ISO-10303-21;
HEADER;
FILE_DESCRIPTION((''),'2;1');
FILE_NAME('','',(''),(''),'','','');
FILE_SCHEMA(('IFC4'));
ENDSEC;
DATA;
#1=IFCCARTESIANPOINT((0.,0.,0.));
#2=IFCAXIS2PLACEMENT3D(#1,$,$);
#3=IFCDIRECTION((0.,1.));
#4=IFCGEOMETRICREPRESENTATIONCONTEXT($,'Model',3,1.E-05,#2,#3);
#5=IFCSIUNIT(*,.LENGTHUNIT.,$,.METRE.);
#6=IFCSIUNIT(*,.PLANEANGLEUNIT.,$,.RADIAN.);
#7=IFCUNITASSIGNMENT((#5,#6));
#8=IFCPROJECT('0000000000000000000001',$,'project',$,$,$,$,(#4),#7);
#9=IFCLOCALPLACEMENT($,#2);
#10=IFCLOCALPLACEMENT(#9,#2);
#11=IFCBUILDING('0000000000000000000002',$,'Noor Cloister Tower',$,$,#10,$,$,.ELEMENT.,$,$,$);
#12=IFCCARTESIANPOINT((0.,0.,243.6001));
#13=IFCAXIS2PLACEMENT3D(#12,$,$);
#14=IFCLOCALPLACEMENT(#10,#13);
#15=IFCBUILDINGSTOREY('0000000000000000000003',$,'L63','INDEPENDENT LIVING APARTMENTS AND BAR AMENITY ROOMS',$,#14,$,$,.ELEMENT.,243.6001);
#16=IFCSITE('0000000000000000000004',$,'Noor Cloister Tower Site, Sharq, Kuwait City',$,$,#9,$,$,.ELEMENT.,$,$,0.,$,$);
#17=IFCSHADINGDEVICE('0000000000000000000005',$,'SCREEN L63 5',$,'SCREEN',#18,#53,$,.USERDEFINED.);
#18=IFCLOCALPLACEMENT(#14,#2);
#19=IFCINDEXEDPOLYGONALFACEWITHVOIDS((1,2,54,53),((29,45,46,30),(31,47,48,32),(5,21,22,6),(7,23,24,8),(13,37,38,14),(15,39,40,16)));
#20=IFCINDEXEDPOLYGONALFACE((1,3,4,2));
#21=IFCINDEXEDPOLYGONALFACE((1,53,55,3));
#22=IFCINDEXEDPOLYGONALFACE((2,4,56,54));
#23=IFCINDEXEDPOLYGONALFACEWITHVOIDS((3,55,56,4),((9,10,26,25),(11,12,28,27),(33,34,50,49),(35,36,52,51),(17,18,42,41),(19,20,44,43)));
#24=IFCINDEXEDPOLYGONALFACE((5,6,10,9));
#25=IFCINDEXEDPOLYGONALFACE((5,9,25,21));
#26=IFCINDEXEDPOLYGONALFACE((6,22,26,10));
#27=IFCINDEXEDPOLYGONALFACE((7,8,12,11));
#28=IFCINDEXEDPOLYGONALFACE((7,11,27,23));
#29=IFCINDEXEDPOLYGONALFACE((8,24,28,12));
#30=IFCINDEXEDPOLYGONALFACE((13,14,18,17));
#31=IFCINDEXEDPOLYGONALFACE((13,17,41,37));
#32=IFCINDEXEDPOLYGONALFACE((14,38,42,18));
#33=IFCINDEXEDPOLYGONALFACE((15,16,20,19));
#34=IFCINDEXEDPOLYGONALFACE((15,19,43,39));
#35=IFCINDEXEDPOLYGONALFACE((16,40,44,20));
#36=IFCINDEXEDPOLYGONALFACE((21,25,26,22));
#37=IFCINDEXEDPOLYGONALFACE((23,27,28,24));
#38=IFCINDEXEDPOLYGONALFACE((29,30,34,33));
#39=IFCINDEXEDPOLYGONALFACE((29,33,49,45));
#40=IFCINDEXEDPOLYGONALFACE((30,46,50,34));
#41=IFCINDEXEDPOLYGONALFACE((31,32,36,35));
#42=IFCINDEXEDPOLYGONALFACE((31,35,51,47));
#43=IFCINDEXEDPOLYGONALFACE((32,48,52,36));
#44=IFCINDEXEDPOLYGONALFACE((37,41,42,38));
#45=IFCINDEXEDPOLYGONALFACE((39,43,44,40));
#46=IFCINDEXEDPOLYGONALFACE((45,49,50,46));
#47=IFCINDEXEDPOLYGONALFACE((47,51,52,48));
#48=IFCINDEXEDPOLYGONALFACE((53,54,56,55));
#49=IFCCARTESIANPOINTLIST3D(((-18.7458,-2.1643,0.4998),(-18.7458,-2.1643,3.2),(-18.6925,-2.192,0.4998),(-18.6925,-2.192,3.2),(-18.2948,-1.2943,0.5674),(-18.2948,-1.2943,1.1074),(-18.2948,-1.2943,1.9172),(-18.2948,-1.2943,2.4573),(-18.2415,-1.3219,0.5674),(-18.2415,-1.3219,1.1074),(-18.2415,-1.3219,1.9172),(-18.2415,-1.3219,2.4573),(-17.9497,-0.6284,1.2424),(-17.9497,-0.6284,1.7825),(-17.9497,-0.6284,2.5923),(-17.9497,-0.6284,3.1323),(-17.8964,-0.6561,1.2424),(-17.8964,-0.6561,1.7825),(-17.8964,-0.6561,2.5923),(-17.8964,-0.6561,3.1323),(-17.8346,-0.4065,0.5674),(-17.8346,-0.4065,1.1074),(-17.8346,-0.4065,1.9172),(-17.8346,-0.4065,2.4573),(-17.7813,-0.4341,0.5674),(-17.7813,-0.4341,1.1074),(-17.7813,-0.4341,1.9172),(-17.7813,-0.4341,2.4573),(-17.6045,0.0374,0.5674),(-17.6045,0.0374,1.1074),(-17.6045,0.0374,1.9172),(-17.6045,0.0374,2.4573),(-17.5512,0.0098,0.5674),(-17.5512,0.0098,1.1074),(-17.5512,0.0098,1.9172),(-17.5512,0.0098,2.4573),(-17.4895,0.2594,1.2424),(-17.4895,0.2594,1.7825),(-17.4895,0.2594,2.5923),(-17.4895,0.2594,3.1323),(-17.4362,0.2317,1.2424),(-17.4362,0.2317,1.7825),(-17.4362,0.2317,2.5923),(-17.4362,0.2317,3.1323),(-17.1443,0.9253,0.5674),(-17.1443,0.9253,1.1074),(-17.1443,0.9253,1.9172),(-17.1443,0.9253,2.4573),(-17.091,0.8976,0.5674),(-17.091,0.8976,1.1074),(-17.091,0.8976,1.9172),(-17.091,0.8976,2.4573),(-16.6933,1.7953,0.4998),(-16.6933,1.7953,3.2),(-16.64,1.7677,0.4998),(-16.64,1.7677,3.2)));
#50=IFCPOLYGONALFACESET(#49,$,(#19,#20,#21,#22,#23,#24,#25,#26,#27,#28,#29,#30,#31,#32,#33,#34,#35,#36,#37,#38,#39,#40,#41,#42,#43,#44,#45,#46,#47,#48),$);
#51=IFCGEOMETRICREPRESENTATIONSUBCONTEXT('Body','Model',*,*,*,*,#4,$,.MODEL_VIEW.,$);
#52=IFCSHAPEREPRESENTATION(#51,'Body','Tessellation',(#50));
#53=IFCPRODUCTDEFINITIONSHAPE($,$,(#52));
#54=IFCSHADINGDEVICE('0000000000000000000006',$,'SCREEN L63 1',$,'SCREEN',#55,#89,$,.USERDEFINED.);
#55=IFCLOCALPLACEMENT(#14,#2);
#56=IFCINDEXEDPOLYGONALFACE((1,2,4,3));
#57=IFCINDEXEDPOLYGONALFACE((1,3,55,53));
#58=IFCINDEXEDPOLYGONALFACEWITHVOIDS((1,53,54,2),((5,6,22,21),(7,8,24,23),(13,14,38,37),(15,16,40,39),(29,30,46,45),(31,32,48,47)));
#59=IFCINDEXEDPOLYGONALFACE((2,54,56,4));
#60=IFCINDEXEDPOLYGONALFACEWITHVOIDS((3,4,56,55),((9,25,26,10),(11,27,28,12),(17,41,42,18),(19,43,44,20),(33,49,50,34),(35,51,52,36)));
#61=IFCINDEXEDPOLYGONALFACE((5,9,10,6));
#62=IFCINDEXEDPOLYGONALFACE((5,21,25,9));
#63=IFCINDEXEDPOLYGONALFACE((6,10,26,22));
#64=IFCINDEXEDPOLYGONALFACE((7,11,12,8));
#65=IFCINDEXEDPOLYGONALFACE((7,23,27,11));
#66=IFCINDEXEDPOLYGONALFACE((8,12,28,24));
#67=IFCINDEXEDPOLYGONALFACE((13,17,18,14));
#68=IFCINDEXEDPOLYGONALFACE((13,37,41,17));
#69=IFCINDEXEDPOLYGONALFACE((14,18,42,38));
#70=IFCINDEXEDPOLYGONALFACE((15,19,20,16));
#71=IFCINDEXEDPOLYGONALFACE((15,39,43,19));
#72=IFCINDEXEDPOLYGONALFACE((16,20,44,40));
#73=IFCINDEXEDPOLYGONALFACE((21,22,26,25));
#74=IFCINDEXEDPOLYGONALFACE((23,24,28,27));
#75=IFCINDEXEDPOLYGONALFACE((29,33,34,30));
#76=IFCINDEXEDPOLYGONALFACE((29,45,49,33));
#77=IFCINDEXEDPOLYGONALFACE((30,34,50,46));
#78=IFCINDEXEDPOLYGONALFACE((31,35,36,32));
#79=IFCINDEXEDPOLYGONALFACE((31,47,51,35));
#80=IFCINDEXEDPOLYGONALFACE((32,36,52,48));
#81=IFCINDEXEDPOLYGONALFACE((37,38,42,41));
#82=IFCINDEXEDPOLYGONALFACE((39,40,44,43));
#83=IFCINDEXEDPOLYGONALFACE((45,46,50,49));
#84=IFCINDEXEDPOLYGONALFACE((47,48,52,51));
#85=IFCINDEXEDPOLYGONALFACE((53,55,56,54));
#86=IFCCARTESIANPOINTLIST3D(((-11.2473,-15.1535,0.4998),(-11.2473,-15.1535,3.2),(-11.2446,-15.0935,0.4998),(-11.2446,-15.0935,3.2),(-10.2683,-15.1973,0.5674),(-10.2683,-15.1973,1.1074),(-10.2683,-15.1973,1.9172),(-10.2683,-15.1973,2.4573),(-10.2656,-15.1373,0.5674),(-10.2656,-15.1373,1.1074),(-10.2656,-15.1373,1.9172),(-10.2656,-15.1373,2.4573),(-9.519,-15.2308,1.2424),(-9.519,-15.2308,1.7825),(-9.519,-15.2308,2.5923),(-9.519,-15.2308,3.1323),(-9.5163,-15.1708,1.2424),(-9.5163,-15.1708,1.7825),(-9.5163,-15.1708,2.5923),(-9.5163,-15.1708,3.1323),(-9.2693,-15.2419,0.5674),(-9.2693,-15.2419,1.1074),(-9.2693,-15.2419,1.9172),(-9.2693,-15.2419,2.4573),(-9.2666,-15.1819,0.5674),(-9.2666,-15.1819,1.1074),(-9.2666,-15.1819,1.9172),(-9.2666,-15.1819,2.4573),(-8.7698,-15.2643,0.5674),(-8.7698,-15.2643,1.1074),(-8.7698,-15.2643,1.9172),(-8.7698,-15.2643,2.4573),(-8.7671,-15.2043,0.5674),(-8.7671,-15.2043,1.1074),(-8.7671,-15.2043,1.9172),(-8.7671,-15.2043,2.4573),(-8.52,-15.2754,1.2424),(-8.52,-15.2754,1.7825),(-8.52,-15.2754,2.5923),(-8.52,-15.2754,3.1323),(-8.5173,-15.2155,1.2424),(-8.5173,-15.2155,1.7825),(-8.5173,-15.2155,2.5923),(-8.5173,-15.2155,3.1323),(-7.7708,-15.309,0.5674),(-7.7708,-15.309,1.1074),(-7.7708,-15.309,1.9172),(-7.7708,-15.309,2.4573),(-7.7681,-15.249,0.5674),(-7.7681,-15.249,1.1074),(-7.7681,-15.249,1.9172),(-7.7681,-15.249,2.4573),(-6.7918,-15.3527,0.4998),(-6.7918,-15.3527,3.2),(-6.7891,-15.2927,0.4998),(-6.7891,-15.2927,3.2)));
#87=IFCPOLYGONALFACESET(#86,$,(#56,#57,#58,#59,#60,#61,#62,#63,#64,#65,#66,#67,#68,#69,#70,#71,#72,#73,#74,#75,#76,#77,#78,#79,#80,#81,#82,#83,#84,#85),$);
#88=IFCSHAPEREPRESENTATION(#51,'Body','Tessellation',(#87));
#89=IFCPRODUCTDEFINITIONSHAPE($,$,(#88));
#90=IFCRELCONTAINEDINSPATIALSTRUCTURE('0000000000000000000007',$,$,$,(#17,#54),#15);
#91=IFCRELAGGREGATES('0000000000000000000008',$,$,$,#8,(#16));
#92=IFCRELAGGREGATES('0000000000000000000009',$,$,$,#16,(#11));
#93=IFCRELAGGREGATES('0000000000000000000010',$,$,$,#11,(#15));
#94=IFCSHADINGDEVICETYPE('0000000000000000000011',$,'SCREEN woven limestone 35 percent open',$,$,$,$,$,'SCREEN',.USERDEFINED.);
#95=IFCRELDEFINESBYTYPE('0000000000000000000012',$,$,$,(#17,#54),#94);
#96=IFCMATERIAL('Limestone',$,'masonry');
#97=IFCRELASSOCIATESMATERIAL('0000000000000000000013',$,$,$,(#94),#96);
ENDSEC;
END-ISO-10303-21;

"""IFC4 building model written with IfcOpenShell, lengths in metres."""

from ifc_helpers import new_model, si_unit, direction, frame, origin, place, context, subcontext, project, spatial, polyline, outline, extrude, material, material_profile, profile_set, type_object, element, save


model = new_model("IFC4")

# Units and contexts
model_context = context("Model", 3, precision=1e-05, world=origin(), true_north=direction((0.0, 1.0)))
body_context = subcontext(model_context, "Body", "Model", "MODEL_VIEW")
ifc_project = project(units=[si_unit("LENGTHUNIT", "METRE"), si_unit("PLANEANGLEUNIT", "RADIAN")], contexts=[model_context])

# Site, building, storey
site_placement = place(None, origin())
site = spatial("IfcSite", under=ifc_project, at=site_placement, Name="Noor Cloister Tower Site, Sharq, Kuwait City", CompositionType="ELEMENT", RefElevation=0.0)
building_placement = place(site_placement, origin())
building = spatial("IfcBuilding", under=site, at=building_placement, Name="Noor Cloister Tower", CompositionType="ELEMENT")
storey_placement = place(building_placement, frame((0.0, 0.0, 243.6001)))
storey = spatial("IfcBuildingStorey", under=building, at=storey_placement, Name="L63", Description="INDEPENDENT LIVING APARTMENTS AND BAR AMENITY ROOMS", CompositionType="ELEMENT", Elevation=243.6001)

# Shading devices
ifc_material_1 = material(Name="Limestone", Category="masonry")
ifc_material_profile_1 = material_profile(ifc_material_1, outline(polyline([(-2.23, -1.3501), (2.23, -1.3501), (2.23, 1.3501), (-2.23, 1.3501), (-2.23, -1.3501)]), holes=[polyline([(-1.25, -1.2825), (-0.25, -1.2825), (-0.25, -0.7424), (-1.25, -0.7424), (-1.25, -1.2825)]), polyline([(0.25, -1.2825), (1.25, -1.2825), (1.25, -0.7424), (0.25, -0.7424), (0.25, -1.2825)]), polyline([(-0.5, -0.6074), (0.5, -0.6074), (0.5, -0.0674), (-0.5, -0.0674), (-0.5, -0.6074)]), polyline([(-1.25, 0.0674), (-0.25, 0.0674), (-0.25, 0.6074), (-1.25, 0.6074), (-1.25, 0.0674)]), polyline([(0.25, 0.0674), (1.25, 0.0674), (1.25, 0.6074), (0.25, 0.6074), (0.25, 0.0674)]), polyline([(-0.5, 0.7424), (0.5, 0.7424), (0.5, 1.2825), (-0.5, 1.2825), (-0.5, 0.7424)])]), Name="Woven screen 35 percent open")
ifc_profile_set_1 = profile_set([ifc_material_profile_1], Name="Limestone")
shading_device_type = type_object("IfcShadingDeviceType", Name="SCREEN woven limestone 35 percent open", ElementType="SCREEN", PredefinedType="USERDEFINED", material=ifc_profile_set_1)
for number, where, z_axis, x_axis, name in (
    (1, (-17.6663, -0.2122, 1.8499), (-0.887816, 0.460198, 0.0), (-0.460198, -0.887816, 0.0), "SCREEN L63 5"),
    (2, (-9.0168, -15.1931, 1.8499), (-0.044671, -0.999002, 0.0), (0.999002, -0.044671, 0.0), "SCREEN L63 1"),
):
    element("IfcShadingDevice", number, at=place(storey_placement, frame(where, z_axis=z_axis, x_axis=x_axis)), inside=storey, type_object=shading_device_type, Name=name, ObjectType="SCREEN", PredefinedType="USERDEFINED", context=body_context, shape_type="SweptSolid", body=[
        extrude(outline(polyline([(-2.23, -1.3501), (2.23, -1.3501), (2.23, 1.3501), (-2.23, 1.3501), (-2.23, -1.3501)]), holes=[polyline([(-1.25, -1.2825), (-0.25, -1.2825), (-0.25, -0.7424), (-1.25, -0.7424), (-1.25, -1.2825)]), polyline([(0.25, -1.2825), (1.25, -1.2825), (1.25, -0.7424), (0.25, -0.7424), (0.25, -1.2825)]), polyline([(-0.5, -0.6074), (0.5, -0.6074), (0.5, -0.0674), (-0.5, -0.0674), (-0.5, -0.6074)]), polyline([(-1.25, 0.0674), (-0.25, 0.0674), (-0.25, 0.6074), (-1.25, 0.6074), (-1.25, 0.0674)]), polyline([(0.25, 0.0674), (1.25, 0.0674), (1.25, 0.6074), (0.25, 0.6074), (0.25, 0.0674)]), polyline([(-0.5, 0.7424), (0.5, 0.7424), (0.5, 1.2825), (-0.5, 1.2825), (-0.5, 0.7424)])]), origin(), (0.0, 0.0, 1.0), 0.0601),
    ])

save(model, "model.ifc")
